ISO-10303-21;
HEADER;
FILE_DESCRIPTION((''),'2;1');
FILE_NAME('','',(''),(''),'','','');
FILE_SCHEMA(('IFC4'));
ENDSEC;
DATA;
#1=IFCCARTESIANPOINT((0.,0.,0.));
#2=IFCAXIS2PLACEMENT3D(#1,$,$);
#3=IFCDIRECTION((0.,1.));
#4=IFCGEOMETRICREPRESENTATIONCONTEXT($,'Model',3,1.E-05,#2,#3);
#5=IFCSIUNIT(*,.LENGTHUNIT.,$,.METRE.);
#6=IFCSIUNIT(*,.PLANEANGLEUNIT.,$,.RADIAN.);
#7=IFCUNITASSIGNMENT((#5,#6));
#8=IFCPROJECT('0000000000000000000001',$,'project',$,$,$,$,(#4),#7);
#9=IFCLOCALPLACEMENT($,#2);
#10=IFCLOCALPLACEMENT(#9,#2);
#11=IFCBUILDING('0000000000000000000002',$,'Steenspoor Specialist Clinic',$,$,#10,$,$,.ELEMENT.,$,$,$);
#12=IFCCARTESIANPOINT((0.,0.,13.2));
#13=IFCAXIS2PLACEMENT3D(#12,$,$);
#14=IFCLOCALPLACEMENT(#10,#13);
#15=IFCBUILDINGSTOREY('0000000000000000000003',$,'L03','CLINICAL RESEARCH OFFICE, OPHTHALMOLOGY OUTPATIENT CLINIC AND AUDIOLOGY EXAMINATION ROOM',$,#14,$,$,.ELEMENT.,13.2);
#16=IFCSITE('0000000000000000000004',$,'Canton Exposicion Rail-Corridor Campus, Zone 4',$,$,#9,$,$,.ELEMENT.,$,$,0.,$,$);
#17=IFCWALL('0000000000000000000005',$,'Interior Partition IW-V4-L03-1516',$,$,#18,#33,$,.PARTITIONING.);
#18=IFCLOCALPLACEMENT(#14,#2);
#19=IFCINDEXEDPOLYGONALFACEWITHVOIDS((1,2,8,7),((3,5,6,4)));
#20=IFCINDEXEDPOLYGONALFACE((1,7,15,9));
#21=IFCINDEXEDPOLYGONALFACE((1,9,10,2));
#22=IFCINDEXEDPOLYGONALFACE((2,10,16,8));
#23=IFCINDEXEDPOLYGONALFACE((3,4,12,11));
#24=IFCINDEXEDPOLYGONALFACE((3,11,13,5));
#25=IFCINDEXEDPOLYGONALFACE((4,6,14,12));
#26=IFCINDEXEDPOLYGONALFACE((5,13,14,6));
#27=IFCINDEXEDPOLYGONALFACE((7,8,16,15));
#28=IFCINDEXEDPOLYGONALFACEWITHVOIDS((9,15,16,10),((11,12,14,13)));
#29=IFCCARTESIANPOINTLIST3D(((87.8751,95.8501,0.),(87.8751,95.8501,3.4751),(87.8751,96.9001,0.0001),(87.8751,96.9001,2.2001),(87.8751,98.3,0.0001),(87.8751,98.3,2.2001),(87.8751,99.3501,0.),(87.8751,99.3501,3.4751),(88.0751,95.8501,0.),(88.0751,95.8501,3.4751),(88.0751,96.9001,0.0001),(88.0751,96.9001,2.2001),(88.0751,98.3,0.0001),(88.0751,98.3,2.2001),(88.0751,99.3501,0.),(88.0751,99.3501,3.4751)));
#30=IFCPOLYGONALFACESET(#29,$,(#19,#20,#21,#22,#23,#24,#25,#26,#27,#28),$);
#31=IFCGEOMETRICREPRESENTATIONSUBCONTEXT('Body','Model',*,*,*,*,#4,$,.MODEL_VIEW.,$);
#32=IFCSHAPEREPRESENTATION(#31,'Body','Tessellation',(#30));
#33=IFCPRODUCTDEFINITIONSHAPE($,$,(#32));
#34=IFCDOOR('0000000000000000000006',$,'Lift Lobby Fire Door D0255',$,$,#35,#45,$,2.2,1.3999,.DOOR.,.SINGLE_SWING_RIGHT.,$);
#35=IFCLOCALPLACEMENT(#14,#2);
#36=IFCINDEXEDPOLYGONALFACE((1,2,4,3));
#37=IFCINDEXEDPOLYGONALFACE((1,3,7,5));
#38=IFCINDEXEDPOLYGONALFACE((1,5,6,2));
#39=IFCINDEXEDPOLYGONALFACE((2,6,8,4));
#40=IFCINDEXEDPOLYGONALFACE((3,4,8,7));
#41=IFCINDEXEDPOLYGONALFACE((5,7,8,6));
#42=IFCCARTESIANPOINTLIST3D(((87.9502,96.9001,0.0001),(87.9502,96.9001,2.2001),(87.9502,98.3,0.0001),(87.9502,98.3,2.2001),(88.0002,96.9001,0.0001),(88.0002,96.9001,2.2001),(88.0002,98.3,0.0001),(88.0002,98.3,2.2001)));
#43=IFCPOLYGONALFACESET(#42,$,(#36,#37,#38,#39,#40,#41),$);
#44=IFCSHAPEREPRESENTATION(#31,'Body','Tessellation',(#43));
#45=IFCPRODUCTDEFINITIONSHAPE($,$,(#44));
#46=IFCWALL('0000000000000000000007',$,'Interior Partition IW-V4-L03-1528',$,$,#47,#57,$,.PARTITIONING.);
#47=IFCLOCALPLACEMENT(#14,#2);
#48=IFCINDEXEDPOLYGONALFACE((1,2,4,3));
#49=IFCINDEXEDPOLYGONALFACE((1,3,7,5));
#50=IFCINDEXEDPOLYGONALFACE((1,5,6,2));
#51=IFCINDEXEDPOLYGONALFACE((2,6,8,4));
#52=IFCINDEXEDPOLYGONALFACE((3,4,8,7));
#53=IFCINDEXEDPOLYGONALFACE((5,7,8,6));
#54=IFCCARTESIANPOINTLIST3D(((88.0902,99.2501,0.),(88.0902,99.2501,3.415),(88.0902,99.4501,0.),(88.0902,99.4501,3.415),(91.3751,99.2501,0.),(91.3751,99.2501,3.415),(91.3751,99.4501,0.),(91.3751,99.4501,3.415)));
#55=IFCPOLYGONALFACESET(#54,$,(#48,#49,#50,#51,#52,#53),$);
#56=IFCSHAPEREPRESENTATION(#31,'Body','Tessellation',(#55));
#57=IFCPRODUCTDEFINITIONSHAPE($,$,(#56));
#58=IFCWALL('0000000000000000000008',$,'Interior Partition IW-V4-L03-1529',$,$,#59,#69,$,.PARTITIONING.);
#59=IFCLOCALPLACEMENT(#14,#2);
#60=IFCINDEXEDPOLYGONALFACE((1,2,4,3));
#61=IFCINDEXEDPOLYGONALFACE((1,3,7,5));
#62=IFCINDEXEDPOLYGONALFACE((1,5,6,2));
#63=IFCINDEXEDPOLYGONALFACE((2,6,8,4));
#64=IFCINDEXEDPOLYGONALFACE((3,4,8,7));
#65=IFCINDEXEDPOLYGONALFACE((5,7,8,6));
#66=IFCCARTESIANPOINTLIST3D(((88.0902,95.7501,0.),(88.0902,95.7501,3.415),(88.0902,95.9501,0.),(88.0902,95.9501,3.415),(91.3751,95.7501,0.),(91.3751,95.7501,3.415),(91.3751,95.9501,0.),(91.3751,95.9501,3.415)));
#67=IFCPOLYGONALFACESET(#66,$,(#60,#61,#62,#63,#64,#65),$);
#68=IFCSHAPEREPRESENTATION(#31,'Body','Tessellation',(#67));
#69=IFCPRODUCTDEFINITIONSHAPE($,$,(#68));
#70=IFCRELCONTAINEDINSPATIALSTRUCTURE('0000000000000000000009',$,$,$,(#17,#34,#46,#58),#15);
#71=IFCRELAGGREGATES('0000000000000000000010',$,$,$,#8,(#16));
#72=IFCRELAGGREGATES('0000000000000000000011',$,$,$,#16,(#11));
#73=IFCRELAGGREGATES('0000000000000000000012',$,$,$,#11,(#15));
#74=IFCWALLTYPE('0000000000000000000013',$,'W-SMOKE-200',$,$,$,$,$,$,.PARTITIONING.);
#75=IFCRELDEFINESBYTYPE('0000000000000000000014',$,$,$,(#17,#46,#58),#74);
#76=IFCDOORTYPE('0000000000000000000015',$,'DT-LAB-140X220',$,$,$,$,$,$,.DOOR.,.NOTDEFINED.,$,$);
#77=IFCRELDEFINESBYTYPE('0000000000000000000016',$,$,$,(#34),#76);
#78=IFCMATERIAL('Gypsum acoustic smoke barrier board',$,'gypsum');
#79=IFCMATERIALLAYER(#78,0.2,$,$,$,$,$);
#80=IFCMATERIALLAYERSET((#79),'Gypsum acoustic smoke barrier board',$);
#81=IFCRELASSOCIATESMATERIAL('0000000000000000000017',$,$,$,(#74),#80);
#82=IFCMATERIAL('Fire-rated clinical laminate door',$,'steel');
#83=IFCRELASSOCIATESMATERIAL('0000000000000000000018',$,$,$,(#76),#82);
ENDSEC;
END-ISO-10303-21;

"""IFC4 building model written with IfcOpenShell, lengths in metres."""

from ifc_helpers import new_model, si_unit, direction, frame, frame_2d, origin, place, context, subcontext, project, spatial, rectangle, extrude, material, layer, layer_set, type_object, element, fill, save


model = new_model("IFC4")

# Units and contexts
model_context = context("Model", 3, precision=1e-05, world=origin(), true_north=direction((0.0, 1.0)))
body_context = subcontext(model_context, "Body", "Model", "MODEL_VIEW")
ifc_project = project(units=[si_unit("LENGTHUNIT", "METRE"), si_unit("PLANEANGLEUNIT", "RADIAN")], contexts=[model_context])

# Site, building, storey
site_placement = place(None, origin())
site = spatial("IfcSite", under=ifc_project, at=site_placement, Name="Canton Exposicion Rail-Corridor Campus, Zone 4", CompositionType="ELEMENT", RefElevation=0.0)
building_placement = place(site_placement, origin())
building = spatial("IfcBuilding", under=site, at=building_placement, Name="Steenspoor Specialist Clinic", CompositionType="ELEMENT")
storey_placement = place(building_placement, frame((0.0, 0.0, 13.2)))
storey = spatial("IfcBuildingStorey", under=building, at=storey_placement, Name="L03", Description="CLINICAL RESEARCH OFFICE, OPHTHALMOLOGY OUTPATIENT CLINIC AND AUDIOLOGY EXAMINATION ROOM", CompositionType="ELEMENT", Elevation=13.2)

# Wall, opening, door
ifc_material_1 = material(Name="Gypsum acoustic smoke barrier board", Category="gypsum")
ifc_layer_1 = layer(ifc_material_1, 0.2)
ifc_layer_set_1 = layer_set([ifc_layer_1], Name="Gypsum acoustic smoke barrier board")
wall_type_1 = type_object("IfcWallType", Name="W-SMOKE-200", PredefinedType="PARTITIONING", material=ifc_layer_set_1)
wall_1_placement = place(storey_placement, frame((87.9751, 95.8501, 0.0), z_axis=(0.0, 0.0, 1.0), x_axis=(0.0, 1.0, 0.0)))
wall_1 = element("IfcWall", 1, at=wall_1_placement, inside=storey, type_object=wall_type_1, Name="Interior Partition IW-V4-L03-1516", PredefinedType="PARTITIONING", context=body_context, shape_type="SweptSolid", body=[
    extrude(rectangle(XDim=3.5, YDim=0.2, at=frame_2d((1.75, 0.0))), origin(), (0.0, 0.0, 1.0), 3.4751),
])
opening_placement = place(wall_1_placement, frame((1.05, 0.0, 0.0)))
opening = element("IfcOpeningElement", 2, at=opening_placement, cuts=wall_1, PredefinedType="OPENING", context=body_context, shape_type="SweptSolid", body=[
    extrude(rectangle(XDim=1.3999, YDim=2.2, at=frame_2d((0.7, 1.1001))), frame((0.0, 0.1099, 0.0), z_axis=(0.0, -1.0, 0.0), x_axis=(1.0, 0.0, 0.0)), (0.0, 0.0, 1.0), 0.22),
])
ifc_material_2 = material(Name="Fire-rated clinical laminate door", Category="steel")
door_type = type_object("IfcDoorType", Name="DT-LAB-140X220", OperationType="NOTDEFINED", PredefinedType="DOOR", material=ifc_material_2)
door_placement = place(opening_placement, origin())
door = element("IfcDoor", 3, at=door_placement, inside=storey, type_object=door_type, Name="Lift Lobby Fire Door D0255", OperationType="SINGLE_SWING_RIGHT", OverallHeight=2.2, OverallWidth=1.3999, PredefinedType="DOOR", context=body_context, shape_type="SweptSolid", body=[
    extrude(rectangle(XDim=1.3999, YDim=2.2, at=frame_2d((0.7, 1.1001))), frame((0.0, 0.0249, 0.0), z_axis=(0.0, -1.0, 0.0), x_axis=(1.0, 0.0, 0.0)), (0.0, 0.0, 1.0), 0.05),
])
fill(opening, door)

# Walls
for number, where, z_axis, x_axis, name in (
    (4, (88.0901, 99.3501, 0.0), (0.0, 0.0, 1.0), (1.0, 0.0, 0.0), "Interior Partition IW-V4-L03-1528"),
    (5, (88.0901, 95.8501, 0.0), (0.0, 0.0, 1.0), (1.0, 0.0, 0.0), "Interior Partition IW-V4-L03-1529"),
):
    element("IfcWall", number, at=place(storey_placement, frame(where, z_axis=z_axis, x_axis=x_axis)), inside=storey, type_object=wall_type_1, Name=name, PredefinedType="PARTITIONING", context=body_context, shape_type="SweptSolid", body=[
        extrude(rectangle(XDim=3.2849, YDim=0.2, at=frame_2d((1.6426, 0.0))), origin(), (0.0, 0.0, 1.0), 3.415),
    ])

save(model, "model.ifc")
